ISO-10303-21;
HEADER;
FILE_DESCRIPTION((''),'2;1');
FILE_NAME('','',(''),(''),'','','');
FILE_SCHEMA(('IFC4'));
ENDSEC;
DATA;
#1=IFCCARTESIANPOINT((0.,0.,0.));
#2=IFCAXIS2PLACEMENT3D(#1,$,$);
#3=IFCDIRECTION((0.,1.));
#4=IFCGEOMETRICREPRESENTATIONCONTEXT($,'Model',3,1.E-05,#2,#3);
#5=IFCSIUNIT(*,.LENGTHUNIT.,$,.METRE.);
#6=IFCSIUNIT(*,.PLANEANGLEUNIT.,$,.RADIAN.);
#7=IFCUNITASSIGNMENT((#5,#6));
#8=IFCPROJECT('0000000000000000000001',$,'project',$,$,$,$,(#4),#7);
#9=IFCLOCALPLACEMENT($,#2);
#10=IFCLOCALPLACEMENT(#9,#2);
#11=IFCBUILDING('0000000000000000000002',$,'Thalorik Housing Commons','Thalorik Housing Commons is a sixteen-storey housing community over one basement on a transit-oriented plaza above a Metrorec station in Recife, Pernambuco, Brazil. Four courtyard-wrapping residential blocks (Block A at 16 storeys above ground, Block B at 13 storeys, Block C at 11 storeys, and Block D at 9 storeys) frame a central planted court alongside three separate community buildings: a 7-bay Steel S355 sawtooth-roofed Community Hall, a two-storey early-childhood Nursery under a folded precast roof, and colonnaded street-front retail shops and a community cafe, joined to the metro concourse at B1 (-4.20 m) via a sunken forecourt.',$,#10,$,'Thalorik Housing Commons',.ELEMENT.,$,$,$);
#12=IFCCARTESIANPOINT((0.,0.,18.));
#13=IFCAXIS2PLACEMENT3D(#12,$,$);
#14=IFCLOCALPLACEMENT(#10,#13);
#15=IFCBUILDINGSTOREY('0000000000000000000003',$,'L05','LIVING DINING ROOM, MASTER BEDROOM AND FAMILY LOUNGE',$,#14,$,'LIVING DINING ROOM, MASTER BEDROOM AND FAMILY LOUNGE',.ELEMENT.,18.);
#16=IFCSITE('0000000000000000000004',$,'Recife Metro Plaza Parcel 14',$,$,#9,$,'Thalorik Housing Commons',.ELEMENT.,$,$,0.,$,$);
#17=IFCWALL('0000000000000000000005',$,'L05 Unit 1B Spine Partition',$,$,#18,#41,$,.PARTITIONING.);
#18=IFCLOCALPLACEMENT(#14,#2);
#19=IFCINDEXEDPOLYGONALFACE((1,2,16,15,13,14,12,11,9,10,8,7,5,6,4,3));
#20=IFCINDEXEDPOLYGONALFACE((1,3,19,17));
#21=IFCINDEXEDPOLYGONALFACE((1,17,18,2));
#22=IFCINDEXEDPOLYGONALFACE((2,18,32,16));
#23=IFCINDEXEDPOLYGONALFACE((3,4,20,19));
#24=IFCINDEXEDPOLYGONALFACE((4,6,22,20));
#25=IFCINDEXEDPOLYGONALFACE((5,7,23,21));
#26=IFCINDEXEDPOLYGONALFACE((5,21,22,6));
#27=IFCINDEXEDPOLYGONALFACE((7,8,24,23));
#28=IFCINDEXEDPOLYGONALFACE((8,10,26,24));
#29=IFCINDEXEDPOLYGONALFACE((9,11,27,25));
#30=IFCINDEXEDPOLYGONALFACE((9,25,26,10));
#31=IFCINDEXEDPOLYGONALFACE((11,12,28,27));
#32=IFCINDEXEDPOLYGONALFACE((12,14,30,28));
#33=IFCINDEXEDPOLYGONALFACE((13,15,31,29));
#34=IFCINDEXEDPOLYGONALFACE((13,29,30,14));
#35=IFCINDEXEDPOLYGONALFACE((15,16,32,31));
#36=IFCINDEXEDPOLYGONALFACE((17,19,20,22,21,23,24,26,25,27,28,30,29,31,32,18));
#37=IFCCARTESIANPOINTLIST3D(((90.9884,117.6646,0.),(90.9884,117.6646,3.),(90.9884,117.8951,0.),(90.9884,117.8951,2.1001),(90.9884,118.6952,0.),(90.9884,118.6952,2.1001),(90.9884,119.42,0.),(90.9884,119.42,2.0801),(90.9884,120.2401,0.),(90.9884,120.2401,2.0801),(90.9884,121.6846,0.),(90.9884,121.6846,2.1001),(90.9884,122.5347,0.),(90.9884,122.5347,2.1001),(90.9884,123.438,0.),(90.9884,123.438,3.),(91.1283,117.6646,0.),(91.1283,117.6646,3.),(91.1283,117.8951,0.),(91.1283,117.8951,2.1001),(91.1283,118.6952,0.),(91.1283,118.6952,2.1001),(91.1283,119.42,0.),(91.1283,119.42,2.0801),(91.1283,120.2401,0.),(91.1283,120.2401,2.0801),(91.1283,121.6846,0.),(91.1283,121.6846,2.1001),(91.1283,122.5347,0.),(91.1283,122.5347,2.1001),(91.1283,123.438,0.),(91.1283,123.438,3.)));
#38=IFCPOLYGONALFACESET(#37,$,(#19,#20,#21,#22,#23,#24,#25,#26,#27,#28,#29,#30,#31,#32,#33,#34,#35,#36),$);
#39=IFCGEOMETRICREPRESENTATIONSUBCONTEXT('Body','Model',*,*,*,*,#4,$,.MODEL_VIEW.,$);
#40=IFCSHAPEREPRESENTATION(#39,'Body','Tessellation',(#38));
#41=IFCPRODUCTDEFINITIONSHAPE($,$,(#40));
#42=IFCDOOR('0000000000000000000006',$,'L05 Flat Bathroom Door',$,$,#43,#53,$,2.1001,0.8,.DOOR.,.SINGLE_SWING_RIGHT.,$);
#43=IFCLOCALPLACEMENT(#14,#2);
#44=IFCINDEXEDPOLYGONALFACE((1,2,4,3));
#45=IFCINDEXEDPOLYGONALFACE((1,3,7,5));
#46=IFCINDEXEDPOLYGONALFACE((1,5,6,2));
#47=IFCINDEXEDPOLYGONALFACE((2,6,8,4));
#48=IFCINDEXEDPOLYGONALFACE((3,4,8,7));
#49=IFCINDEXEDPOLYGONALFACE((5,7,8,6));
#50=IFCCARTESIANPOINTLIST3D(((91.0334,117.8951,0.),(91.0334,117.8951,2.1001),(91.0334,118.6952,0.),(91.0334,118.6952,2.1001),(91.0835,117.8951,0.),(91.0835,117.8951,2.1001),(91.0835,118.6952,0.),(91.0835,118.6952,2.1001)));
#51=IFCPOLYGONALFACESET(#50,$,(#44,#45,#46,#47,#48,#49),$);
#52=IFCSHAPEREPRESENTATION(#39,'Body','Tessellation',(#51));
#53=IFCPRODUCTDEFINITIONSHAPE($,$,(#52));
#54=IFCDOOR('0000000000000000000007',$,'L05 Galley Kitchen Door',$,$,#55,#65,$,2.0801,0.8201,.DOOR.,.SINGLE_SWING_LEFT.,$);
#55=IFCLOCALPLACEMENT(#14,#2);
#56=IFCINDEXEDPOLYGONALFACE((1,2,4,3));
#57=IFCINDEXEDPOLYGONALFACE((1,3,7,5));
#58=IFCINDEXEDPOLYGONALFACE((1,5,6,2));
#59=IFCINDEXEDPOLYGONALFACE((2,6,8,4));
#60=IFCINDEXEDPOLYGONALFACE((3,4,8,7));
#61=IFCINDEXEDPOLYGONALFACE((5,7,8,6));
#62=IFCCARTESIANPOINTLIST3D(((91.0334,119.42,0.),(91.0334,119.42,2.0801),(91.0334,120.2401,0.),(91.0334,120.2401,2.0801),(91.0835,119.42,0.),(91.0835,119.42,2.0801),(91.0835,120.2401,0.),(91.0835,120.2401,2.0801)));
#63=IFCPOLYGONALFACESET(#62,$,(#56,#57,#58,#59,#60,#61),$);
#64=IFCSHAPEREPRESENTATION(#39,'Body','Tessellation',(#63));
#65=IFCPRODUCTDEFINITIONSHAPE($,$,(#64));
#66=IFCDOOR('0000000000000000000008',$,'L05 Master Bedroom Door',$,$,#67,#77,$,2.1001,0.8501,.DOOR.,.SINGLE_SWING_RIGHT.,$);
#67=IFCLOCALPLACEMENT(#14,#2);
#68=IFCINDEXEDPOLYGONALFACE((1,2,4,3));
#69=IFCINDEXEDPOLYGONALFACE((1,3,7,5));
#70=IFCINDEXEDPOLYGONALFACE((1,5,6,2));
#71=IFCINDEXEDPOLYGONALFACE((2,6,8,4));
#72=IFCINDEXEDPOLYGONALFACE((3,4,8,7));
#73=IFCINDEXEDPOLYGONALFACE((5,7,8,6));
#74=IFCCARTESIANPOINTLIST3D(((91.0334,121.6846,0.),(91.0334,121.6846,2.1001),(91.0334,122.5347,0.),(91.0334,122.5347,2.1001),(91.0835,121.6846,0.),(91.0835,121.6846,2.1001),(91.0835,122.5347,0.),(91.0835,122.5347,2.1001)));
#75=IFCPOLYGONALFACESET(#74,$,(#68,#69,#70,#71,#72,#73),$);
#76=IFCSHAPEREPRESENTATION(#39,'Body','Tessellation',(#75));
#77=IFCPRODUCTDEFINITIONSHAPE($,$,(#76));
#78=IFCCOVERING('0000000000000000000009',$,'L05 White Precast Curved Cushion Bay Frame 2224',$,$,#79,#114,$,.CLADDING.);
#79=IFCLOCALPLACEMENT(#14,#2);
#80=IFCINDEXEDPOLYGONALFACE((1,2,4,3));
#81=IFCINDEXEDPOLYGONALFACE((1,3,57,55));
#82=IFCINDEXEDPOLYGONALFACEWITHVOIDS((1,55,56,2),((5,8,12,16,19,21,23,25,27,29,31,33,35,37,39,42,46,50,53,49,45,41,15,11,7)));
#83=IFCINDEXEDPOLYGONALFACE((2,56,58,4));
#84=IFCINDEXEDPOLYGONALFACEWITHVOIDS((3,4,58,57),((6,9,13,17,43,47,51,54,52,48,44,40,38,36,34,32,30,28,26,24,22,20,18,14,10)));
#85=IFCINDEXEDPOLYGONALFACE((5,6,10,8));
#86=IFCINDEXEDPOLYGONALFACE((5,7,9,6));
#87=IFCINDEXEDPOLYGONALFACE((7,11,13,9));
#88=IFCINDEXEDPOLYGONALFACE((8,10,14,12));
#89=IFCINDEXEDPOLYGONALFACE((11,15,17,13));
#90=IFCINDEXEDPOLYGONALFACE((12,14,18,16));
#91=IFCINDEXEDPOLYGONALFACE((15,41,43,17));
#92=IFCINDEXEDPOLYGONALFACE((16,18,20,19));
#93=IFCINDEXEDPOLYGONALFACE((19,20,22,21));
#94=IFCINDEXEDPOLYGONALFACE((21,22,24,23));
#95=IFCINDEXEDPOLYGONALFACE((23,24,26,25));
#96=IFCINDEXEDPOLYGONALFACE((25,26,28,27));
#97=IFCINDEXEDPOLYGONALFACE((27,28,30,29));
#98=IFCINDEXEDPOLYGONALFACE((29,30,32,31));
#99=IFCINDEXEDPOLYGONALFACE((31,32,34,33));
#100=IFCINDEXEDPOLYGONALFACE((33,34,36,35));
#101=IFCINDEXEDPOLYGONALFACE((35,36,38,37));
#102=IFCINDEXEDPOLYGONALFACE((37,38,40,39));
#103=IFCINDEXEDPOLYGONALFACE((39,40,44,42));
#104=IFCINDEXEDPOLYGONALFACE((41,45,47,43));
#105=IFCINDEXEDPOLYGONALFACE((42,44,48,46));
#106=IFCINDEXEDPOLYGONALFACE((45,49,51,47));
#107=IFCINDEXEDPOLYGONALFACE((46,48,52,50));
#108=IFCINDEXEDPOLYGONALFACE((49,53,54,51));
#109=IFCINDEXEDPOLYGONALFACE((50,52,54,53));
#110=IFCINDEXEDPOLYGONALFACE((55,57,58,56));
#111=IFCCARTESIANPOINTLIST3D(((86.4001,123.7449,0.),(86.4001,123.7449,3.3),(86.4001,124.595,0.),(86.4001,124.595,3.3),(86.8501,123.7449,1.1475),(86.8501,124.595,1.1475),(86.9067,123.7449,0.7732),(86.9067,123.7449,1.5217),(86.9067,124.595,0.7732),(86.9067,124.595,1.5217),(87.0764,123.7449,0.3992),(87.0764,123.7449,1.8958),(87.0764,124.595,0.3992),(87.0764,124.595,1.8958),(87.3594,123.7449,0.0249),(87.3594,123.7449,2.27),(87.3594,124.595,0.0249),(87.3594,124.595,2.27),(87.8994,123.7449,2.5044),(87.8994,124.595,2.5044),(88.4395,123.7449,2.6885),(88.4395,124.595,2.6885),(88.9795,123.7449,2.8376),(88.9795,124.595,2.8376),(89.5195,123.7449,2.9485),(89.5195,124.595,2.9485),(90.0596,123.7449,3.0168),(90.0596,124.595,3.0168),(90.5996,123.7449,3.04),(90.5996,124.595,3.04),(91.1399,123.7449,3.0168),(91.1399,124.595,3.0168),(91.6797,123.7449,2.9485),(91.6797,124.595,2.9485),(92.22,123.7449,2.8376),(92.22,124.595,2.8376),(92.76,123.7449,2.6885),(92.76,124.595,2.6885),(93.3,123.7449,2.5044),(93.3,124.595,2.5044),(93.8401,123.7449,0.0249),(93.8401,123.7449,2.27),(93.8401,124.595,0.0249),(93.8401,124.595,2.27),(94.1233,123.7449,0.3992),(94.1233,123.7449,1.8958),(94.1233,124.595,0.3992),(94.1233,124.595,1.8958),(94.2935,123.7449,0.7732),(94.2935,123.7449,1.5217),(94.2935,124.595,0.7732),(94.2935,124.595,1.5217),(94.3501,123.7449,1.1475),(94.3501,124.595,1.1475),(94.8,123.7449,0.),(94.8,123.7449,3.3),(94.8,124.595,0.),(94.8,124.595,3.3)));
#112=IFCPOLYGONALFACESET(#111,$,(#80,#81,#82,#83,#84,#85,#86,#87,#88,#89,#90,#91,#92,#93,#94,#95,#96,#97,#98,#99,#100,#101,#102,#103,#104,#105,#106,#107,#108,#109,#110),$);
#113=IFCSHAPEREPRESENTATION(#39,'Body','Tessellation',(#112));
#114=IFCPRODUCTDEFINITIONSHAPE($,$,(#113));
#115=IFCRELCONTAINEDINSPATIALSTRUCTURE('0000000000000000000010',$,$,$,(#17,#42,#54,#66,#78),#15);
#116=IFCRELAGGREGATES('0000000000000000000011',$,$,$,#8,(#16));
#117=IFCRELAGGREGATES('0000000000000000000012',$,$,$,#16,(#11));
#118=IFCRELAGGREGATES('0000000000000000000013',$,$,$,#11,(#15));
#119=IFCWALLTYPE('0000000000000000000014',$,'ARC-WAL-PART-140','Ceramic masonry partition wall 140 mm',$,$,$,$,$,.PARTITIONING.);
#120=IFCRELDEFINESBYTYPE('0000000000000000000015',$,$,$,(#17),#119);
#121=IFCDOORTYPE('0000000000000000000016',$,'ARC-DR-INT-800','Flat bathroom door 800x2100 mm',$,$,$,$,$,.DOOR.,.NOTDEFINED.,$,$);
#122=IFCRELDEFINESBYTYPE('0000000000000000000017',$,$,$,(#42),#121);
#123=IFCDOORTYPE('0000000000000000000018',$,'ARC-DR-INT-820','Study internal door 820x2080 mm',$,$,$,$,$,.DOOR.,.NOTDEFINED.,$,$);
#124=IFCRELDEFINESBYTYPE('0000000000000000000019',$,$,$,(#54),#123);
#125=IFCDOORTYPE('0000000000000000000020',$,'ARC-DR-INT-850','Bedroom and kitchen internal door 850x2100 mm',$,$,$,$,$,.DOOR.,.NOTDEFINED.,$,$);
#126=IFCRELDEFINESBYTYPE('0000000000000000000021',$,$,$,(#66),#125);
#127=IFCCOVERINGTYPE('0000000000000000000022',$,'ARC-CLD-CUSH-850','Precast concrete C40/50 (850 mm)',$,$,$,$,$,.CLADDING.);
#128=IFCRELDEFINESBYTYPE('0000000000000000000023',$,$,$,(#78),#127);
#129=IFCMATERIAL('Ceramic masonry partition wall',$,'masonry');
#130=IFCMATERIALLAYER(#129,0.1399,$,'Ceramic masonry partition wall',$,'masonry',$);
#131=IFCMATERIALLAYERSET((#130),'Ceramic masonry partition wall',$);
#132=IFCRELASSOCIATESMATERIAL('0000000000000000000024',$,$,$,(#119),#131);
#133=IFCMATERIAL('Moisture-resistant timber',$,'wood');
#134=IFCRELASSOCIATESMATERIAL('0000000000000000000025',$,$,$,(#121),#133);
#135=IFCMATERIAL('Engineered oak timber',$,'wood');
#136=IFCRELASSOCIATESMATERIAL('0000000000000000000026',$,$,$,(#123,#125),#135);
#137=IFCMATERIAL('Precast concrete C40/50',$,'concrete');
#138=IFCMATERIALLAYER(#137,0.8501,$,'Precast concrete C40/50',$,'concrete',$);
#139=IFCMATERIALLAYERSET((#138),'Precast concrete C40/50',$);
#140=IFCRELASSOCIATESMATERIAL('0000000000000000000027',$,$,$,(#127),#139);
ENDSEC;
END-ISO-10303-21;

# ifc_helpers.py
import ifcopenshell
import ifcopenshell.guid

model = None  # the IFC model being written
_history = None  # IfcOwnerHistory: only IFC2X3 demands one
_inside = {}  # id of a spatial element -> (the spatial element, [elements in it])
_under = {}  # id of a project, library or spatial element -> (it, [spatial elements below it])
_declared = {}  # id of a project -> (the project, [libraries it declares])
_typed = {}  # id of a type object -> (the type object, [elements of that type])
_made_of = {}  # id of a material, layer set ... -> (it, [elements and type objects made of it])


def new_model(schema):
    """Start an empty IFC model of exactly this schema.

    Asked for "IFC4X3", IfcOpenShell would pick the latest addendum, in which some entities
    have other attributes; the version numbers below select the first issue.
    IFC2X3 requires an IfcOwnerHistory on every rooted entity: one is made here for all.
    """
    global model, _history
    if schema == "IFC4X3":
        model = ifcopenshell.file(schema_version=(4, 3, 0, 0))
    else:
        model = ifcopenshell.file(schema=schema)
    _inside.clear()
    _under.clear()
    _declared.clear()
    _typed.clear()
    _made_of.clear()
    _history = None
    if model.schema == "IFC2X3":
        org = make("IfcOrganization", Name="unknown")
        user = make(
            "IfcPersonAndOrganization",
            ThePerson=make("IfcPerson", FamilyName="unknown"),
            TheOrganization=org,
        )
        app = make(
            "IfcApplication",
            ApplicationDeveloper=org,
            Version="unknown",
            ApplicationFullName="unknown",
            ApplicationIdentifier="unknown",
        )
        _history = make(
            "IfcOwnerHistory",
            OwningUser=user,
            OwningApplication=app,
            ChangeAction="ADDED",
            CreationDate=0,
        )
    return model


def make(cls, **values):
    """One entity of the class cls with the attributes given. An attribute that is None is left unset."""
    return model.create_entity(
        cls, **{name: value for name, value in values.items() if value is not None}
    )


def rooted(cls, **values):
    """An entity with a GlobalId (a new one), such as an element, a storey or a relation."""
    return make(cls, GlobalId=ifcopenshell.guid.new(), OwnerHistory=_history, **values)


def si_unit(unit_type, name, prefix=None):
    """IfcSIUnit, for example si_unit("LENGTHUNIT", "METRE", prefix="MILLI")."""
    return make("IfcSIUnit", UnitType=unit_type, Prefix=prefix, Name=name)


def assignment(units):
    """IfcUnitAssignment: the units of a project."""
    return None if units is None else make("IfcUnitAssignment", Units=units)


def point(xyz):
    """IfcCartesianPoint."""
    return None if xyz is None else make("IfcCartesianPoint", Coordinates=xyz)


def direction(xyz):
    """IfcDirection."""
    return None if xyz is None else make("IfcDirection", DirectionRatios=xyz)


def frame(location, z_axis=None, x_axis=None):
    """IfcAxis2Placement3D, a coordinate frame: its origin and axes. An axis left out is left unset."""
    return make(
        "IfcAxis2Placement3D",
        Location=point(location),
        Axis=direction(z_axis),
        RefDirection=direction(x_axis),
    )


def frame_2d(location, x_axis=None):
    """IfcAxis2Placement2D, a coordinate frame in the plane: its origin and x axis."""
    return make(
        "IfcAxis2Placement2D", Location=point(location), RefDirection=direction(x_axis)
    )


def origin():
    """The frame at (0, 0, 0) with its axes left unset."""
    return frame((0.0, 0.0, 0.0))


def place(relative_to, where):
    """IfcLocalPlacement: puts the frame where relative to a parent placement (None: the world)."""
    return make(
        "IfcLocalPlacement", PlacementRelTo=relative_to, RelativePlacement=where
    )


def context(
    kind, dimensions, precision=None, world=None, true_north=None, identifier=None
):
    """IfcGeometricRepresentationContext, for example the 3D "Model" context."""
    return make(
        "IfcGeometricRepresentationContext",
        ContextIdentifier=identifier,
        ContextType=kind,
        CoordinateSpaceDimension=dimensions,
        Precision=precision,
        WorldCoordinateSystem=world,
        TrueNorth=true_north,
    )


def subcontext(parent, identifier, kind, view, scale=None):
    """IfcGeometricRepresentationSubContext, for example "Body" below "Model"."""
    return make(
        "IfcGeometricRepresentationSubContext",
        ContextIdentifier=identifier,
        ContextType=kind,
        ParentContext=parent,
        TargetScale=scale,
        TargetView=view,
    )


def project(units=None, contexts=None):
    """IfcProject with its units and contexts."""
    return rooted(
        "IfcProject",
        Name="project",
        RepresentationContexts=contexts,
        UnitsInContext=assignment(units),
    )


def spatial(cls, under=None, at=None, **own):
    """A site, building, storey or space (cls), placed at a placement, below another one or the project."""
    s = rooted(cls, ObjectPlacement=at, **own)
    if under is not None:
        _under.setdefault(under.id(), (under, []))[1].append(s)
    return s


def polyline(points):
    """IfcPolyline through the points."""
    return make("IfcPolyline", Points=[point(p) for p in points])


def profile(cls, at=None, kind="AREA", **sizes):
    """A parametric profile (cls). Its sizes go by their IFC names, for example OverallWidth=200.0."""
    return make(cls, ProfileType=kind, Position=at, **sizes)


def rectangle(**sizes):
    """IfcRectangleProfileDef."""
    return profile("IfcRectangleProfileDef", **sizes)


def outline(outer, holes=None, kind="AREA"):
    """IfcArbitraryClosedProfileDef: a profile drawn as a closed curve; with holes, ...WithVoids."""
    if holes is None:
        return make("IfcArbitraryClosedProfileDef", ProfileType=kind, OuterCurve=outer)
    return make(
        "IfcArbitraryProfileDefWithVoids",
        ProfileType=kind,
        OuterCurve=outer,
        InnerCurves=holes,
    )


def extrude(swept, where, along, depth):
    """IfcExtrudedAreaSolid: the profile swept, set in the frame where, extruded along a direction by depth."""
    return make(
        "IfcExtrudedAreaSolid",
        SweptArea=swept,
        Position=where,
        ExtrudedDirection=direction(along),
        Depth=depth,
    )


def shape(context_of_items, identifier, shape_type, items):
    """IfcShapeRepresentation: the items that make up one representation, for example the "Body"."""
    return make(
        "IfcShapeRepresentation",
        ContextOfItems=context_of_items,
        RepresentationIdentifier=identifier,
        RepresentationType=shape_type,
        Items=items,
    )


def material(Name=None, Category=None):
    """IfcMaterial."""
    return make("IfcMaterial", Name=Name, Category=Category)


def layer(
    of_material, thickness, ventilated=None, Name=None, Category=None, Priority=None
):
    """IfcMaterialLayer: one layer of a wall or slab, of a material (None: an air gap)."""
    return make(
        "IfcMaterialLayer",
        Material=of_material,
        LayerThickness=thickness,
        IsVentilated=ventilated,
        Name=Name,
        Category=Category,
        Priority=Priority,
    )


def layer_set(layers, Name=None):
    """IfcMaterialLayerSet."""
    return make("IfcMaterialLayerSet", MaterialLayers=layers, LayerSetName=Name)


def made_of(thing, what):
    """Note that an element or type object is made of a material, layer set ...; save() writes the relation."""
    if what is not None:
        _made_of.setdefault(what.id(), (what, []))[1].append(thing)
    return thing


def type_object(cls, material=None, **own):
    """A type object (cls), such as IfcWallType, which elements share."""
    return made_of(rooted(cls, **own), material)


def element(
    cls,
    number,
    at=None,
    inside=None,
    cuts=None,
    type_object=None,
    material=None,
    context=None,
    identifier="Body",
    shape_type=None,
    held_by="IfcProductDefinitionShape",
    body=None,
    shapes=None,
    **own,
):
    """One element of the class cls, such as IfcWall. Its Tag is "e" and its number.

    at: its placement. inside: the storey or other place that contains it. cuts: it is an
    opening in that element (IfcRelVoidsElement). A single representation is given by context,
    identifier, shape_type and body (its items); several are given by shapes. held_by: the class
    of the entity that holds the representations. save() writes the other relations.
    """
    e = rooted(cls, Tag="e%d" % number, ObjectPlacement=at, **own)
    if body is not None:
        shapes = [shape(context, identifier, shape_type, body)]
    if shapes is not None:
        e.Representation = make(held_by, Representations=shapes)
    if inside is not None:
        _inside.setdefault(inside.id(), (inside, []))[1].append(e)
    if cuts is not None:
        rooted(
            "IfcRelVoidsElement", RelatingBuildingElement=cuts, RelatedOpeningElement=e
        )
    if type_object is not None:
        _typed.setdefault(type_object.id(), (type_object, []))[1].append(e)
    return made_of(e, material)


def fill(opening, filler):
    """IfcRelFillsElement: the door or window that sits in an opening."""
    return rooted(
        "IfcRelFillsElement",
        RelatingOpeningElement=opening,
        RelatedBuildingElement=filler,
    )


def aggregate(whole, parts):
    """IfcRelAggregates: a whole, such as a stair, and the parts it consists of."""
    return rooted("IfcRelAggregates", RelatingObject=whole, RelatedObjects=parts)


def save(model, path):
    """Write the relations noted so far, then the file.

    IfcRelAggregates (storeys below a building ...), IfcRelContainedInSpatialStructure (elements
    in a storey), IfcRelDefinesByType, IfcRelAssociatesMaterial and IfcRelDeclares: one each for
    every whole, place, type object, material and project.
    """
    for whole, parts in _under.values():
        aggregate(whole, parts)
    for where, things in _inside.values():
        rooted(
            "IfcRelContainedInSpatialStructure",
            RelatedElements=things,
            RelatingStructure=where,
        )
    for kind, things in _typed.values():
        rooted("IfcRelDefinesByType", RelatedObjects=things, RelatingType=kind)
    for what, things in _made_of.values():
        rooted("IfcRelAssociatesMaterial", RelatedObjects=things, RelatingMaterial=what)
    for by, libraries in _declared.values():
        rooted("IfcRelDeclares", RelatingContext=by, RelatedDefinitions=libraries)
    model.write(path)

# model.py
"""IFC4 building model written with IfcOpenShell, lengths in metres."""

from ifc_helpers import new_model, si_unit, direction, frame, frame_2d, origin, place, context, subcontext, project, spatial, polyline, rectangle, outline, extrude, material, layer, layer_set, type_object, element, fill, save


model = new_model("IFC4")

# Units and contexts
model_context = context("Model", 3, precision=1e-05, world=origin(), true_north=direction((0.0, 1.0)))
body_context = subcontext(model_context, "Body", "Model", "MODEL_VIEW")
ifc_project = project(units=[si_unit("LENGTHUNIT", "METRE"), si_unit("PLANEANGLEUNIT", "RADIAN")], contexts=[model_context])

# Site, building, storey
site_placement = place(None, origin())
site = spatial("IfcSite", under=ifc_project, at=site_placement, Name="Recife Metro Plaza Parcel 14", LongName="Thalorik Housing Commons", CompositionType="ELEMENT", RefElevation=0.0)
building_placement = place(site_placement, origin())
building = spatial("IfcBuilding", under=site, at=building_placement, Name="Thalorik Housing Commons", Description="Thalorik Housing Commons is a sixteen-storey housing community over one basement on a transit-oriented plaza above a Metrorec station in Recife, Pernambuco, Brazil. Four courtyard-wrapping residential blocks (Block A at 16 storeys above ground, Block B at 13 storeys, Block C at 11 storeys, and Block D at 9 storeys) frame a central planted court alongside three separate community buildings: a 7-bay Steel S355 sawtooth-roofed Community Hall, a two-storey early-childhood Nursery under a folded precast roof, and colonnaded street-front retail shops and a community cafe, joined to the metro concourse at B1 (-4.20 m) via a sunken forecourt.", LongName="Thalorik Housing Commons", CompositionType="ELEMENT")
storey_placement = place(building_placement, frame((0.0, 0.0, 18.0)))
storey = spatial("IfcBuildingStorey", under=building, at=storey_placement, Name="L05", Description="LIVING DINING ROOM, MASTER BEDROOM AND FAMILY LOUNGE", LongName="LIVING DINING ROOM, MASTER BEDROOM AND FAMILY LOUNGE", CompositionType="ELEMENT", Elevation=18.0)

# Shared definitions
ifc_material_1 = material(Name="Precast concrete C40/50", Category="concrete")

# Wall, openings, doors
ifc_material_2 = material(Name="Ceramic masonry partition wall", Category="masonry")
ifc_layer_1 = layer(ifc_material_2, 0.1399, Name="Ceramic masonry partition wall", Category="masonry")
ifc_layer_set_1 = layer_set([ifc_layer_1], Name="Ceramic masonry partition wall")
wall_type_1 = type_object("IfcWallType", Name="ARC-WAL-PART-140", Description="Ceramic masonry partition wall 140 mm", PredefinedType="PARTITIONING", material=ifc_layer_set_1)
wall_1_placement = place(storey_placement, frame((91.0583, 117.6646, 0.0), z_axis=(0.0, 0.0, 1.0), x_axis=(0.0, 1.0, 0.0)))
wall_1 = element("IfcWall", 1, at=wall_1_placement, inside=storey, type_object=wall_type_1, Name="L05 Unit 1B Spine Partition", PredefinedType="PARTITIONING", context=body_context, shape_type="SweptSolid", body=[
    extrude(rectangle(XDim=5.7734, YDim=0.1399, at=frame_2d((2.8867, 0.0))), origin(), (0.0, 0.0, 1.0), 3.0),
])
opening_1_placement = place(wall_1_placement, frame((0.2307, 0.0, 0.0)))
opening_1 = element("IfcOpeningElement", 2, at=opening_1_placement, cuts=wall_1, PredefinedType="OPENING", context=body_context, shape_type="SweptSolid", body=[
    extrude(rectangle(XDim=0.8, YDim=2.1001, at=frame_2d((0.3999, 1.05))), frame((0.0, 0.0801, 0.0), z_axis=(0.0, -1.0, 0.0), x_axis=(1.0, 0.0, 0.0)), (0.0, 0.0, 1.0), 0.1599),
])
opening_2_placement = place(wall_1_placement, frame((1.7554, 0.0, 0.0)))
opening_2 = element("IfcOpeningElement", 3, at=opening_2_placement, cuts=wall_1, PredefinedType="OPENING", context=body_context, shape_type="SweptSolid", body=[
    extrude(rectangle(XDim=0.8201, YDim=2.0801, at=frame_2d((0.4102, 1.04))), frame((0.0, 0.0801, 0.0), z_axis=(0.0, -1.0, 0.0), x_axis=(1.0, 0.0, 0.0)), (0.0, 0.0, 1.0), 0.1599),
])
opening_3_placement = place(wall_1_placement, frame((4.02, 0.0, 0.0)))
opening_3 = element("IfcOpeningElement", 4, at=opening_3_placement, cuts=wall_1, PredefinedType="OPENING", context=body_context, shape_type="SweptSolid", body=[
    extrude(rectangle(XDim=0.8501, YDim=2.1001, at=frame_2d((0.425, 1.05))), frame((0.0, 0.0801, 0.0), z_axis=(0.0, -1.0, 0.0), x_axis=(1.0, 0.0, 0.0)), (0.0, 0.0, 1.0), 0.1599),
])
ifc_material_3 = material(Name="Moisture-resistant timber", Category="wood")
door_type_1 = type_object("IfcDoorType", Name="ARC-DR-INT-800", Description="Flat bathroom door 800x2100 mm", OperationType="NOTDEFINED", PredefinedType="DOOR", material=ifc_material_3)
door_1_placement = place(opening_1_placement, origin())
door_1 = element("IfcDoor", 5, at=door_1_placement, inside=storey, type_object=door_type_1, Name="L05 Flat Bathroom Door", OperationType="SINGLE_SWING_RIGHT", OverallHeight=2.1001, OverallWidth=0.8, PredefinedType="DOOR", context=body_context, shape_type="SweptSolid", body=[
    extrude(rectangle(XDim=0.8, YDim=2.1001, at=frame_2d((0.3999, 1.05))), frame((0.0, 0.0249, 0.0), z_axis=(0.0, -1.0, 0.0), x_axis=(1.0, 0.0, 0.0)), (0.0, 0.0, 1.0), 0.05),
])
fill(opening_1, door_1)
ifc_material_4 = material(Name="Engineered oak timber", Category="wood")
door_type_2 = type_object("IfcDoorType", Name="ARC-DR-INT-820", Description="Study internal door 820x2080 mm", OperationType="NOTDEFINED", PredefinedType="DOOR", material=ifc_material_4)
door_2_placement = place(opening_2_placement, origin())
door_2 = element("IfcDoor", 6, at=door_2_placement, inside=storey, type_object=door_type_2, Name="L05 Galley Kitchen Door", OperationType="SINGLE_SWING_LEFT", OverallHeight=2.0801, OverallWidth=0.8201, PredefinedType="DOOR", context=body_context, shape_type="SweptSolid", body=[
    extrude(rectangle(XDim=0.8201, YDim=2.0801, at=frame_2d((0.4102, 1.04))), frame((0.0, 0.0249, 0.0), z_axis=(0.0, -1.0, 0.0), x_axis=(1.0, 0.0, 0.0)), (0.0, 0.0, 1.0), 0.05),
])
fill(opening_2, door_2)
door_type_3 = type_object("IfcDoorType", Name="ARC-DR-INT-850", Description="Bedroom and kitchen internal door 850x2100 mm", OperationType="NOTDEFINED", PredefinedType="DOOR", material=ifc_material_4)
door_3_placement = place(opening_3_placement, origin())
door_3 = element("IfcDoor", 7, at=door_3_placement, inside=storey, type_object=door_type_3, Name="L05 Master Bedroom Door", OperationType="SINGLE_SWING_RIGHT", OverallHeight=2.1001, OverallWidth=0.8501, PredefinedType="DOOR", context=body_context, shape_type="SweptSolid", body=[
    extrude(rectangle(XDim=0.8501, YDim=2.1001, at=frame_2d((0.425, 1.05))), frame((0.0, 0.0249, 0.0), z_axis=(0.0, -1.0, 0.0), x_axis=(1.0, 0.0, 0.0)), (0.0, 0.0, 1.0), 0.05),
])
fill(opening_3, door_3)

# Covering
ifc_layer_2 = layer(ifc_material_1, 0.8501, Name="Precast concrete C40/50", Category="concrete")
ifc_layer_set_2 = layer_set([ifc_layer_2], Name="Precast concrete C40/50")
covering_type = type_object("IfcCoveringType", Name="ARC-CLD-CUSH-850", Description="Precast concrete C40/50 (850 mm)", PredefinedType="CLADDING", material=ifc_layer_set_2)
covering_1_placement = place(storey_placement, frame((90.6001, 124.1699, 0.0), z_axis=(0.0, 0.0, 1.0), x_axis=(-1.0, 0.0, 0.0)))
element("IfcCovering", 8, at=covering_1_placement, inside=storey, type_object=covering_type, Name="L05 White Precast Curved Cushion Bay Frame 2224", PredefinedType="CLADDING", context=body_context, shape_type="SweptSolid", body=[
    extrude(outline(polyline([(-4.2, 0.0), (4.2, 0.0), (4.2, 3.3), (-4.2, 3.3), (-4.2, 0.0)]), holes=[polyline([(3.2407, 0.0249), (3.5237, 0.3992), (3.6934, 0.7732), (3.75, 1.1475), (3.6934, 1.5217), (3.5237, 1.8958), (3.2407, 2.27), (2.7007, 2.5044), (2.1606, 2.6885), (1.6206, 2.8376), (1.0806, 2.9485), (0.5405, 3.0168), (0.0005, 3.04), (-0.5398, 3.0168), (-1.0796, 2.9485), (-1.6199, 2.8376), (-2.1599, 2.6885), (-2.7, 2.5044), (-3.24, 2.27), (-3.5232, 1.8958), (-3.6934, 1.5217), (-3.75, 1.1475), (-3.6934, 0.7732), (-3.5232, 0.3992), (-3.24, 0.0249), (3.2407, 0.0249)])]), frame((0.0, 0.425, 0.0), z_axis=(0.0, -1.0, 0.0), x_axis=(1.0, 0.0, 0.0)), (0.0, 0.0, 1.0), 0.8501),
])

save(model, "model.ifc")
